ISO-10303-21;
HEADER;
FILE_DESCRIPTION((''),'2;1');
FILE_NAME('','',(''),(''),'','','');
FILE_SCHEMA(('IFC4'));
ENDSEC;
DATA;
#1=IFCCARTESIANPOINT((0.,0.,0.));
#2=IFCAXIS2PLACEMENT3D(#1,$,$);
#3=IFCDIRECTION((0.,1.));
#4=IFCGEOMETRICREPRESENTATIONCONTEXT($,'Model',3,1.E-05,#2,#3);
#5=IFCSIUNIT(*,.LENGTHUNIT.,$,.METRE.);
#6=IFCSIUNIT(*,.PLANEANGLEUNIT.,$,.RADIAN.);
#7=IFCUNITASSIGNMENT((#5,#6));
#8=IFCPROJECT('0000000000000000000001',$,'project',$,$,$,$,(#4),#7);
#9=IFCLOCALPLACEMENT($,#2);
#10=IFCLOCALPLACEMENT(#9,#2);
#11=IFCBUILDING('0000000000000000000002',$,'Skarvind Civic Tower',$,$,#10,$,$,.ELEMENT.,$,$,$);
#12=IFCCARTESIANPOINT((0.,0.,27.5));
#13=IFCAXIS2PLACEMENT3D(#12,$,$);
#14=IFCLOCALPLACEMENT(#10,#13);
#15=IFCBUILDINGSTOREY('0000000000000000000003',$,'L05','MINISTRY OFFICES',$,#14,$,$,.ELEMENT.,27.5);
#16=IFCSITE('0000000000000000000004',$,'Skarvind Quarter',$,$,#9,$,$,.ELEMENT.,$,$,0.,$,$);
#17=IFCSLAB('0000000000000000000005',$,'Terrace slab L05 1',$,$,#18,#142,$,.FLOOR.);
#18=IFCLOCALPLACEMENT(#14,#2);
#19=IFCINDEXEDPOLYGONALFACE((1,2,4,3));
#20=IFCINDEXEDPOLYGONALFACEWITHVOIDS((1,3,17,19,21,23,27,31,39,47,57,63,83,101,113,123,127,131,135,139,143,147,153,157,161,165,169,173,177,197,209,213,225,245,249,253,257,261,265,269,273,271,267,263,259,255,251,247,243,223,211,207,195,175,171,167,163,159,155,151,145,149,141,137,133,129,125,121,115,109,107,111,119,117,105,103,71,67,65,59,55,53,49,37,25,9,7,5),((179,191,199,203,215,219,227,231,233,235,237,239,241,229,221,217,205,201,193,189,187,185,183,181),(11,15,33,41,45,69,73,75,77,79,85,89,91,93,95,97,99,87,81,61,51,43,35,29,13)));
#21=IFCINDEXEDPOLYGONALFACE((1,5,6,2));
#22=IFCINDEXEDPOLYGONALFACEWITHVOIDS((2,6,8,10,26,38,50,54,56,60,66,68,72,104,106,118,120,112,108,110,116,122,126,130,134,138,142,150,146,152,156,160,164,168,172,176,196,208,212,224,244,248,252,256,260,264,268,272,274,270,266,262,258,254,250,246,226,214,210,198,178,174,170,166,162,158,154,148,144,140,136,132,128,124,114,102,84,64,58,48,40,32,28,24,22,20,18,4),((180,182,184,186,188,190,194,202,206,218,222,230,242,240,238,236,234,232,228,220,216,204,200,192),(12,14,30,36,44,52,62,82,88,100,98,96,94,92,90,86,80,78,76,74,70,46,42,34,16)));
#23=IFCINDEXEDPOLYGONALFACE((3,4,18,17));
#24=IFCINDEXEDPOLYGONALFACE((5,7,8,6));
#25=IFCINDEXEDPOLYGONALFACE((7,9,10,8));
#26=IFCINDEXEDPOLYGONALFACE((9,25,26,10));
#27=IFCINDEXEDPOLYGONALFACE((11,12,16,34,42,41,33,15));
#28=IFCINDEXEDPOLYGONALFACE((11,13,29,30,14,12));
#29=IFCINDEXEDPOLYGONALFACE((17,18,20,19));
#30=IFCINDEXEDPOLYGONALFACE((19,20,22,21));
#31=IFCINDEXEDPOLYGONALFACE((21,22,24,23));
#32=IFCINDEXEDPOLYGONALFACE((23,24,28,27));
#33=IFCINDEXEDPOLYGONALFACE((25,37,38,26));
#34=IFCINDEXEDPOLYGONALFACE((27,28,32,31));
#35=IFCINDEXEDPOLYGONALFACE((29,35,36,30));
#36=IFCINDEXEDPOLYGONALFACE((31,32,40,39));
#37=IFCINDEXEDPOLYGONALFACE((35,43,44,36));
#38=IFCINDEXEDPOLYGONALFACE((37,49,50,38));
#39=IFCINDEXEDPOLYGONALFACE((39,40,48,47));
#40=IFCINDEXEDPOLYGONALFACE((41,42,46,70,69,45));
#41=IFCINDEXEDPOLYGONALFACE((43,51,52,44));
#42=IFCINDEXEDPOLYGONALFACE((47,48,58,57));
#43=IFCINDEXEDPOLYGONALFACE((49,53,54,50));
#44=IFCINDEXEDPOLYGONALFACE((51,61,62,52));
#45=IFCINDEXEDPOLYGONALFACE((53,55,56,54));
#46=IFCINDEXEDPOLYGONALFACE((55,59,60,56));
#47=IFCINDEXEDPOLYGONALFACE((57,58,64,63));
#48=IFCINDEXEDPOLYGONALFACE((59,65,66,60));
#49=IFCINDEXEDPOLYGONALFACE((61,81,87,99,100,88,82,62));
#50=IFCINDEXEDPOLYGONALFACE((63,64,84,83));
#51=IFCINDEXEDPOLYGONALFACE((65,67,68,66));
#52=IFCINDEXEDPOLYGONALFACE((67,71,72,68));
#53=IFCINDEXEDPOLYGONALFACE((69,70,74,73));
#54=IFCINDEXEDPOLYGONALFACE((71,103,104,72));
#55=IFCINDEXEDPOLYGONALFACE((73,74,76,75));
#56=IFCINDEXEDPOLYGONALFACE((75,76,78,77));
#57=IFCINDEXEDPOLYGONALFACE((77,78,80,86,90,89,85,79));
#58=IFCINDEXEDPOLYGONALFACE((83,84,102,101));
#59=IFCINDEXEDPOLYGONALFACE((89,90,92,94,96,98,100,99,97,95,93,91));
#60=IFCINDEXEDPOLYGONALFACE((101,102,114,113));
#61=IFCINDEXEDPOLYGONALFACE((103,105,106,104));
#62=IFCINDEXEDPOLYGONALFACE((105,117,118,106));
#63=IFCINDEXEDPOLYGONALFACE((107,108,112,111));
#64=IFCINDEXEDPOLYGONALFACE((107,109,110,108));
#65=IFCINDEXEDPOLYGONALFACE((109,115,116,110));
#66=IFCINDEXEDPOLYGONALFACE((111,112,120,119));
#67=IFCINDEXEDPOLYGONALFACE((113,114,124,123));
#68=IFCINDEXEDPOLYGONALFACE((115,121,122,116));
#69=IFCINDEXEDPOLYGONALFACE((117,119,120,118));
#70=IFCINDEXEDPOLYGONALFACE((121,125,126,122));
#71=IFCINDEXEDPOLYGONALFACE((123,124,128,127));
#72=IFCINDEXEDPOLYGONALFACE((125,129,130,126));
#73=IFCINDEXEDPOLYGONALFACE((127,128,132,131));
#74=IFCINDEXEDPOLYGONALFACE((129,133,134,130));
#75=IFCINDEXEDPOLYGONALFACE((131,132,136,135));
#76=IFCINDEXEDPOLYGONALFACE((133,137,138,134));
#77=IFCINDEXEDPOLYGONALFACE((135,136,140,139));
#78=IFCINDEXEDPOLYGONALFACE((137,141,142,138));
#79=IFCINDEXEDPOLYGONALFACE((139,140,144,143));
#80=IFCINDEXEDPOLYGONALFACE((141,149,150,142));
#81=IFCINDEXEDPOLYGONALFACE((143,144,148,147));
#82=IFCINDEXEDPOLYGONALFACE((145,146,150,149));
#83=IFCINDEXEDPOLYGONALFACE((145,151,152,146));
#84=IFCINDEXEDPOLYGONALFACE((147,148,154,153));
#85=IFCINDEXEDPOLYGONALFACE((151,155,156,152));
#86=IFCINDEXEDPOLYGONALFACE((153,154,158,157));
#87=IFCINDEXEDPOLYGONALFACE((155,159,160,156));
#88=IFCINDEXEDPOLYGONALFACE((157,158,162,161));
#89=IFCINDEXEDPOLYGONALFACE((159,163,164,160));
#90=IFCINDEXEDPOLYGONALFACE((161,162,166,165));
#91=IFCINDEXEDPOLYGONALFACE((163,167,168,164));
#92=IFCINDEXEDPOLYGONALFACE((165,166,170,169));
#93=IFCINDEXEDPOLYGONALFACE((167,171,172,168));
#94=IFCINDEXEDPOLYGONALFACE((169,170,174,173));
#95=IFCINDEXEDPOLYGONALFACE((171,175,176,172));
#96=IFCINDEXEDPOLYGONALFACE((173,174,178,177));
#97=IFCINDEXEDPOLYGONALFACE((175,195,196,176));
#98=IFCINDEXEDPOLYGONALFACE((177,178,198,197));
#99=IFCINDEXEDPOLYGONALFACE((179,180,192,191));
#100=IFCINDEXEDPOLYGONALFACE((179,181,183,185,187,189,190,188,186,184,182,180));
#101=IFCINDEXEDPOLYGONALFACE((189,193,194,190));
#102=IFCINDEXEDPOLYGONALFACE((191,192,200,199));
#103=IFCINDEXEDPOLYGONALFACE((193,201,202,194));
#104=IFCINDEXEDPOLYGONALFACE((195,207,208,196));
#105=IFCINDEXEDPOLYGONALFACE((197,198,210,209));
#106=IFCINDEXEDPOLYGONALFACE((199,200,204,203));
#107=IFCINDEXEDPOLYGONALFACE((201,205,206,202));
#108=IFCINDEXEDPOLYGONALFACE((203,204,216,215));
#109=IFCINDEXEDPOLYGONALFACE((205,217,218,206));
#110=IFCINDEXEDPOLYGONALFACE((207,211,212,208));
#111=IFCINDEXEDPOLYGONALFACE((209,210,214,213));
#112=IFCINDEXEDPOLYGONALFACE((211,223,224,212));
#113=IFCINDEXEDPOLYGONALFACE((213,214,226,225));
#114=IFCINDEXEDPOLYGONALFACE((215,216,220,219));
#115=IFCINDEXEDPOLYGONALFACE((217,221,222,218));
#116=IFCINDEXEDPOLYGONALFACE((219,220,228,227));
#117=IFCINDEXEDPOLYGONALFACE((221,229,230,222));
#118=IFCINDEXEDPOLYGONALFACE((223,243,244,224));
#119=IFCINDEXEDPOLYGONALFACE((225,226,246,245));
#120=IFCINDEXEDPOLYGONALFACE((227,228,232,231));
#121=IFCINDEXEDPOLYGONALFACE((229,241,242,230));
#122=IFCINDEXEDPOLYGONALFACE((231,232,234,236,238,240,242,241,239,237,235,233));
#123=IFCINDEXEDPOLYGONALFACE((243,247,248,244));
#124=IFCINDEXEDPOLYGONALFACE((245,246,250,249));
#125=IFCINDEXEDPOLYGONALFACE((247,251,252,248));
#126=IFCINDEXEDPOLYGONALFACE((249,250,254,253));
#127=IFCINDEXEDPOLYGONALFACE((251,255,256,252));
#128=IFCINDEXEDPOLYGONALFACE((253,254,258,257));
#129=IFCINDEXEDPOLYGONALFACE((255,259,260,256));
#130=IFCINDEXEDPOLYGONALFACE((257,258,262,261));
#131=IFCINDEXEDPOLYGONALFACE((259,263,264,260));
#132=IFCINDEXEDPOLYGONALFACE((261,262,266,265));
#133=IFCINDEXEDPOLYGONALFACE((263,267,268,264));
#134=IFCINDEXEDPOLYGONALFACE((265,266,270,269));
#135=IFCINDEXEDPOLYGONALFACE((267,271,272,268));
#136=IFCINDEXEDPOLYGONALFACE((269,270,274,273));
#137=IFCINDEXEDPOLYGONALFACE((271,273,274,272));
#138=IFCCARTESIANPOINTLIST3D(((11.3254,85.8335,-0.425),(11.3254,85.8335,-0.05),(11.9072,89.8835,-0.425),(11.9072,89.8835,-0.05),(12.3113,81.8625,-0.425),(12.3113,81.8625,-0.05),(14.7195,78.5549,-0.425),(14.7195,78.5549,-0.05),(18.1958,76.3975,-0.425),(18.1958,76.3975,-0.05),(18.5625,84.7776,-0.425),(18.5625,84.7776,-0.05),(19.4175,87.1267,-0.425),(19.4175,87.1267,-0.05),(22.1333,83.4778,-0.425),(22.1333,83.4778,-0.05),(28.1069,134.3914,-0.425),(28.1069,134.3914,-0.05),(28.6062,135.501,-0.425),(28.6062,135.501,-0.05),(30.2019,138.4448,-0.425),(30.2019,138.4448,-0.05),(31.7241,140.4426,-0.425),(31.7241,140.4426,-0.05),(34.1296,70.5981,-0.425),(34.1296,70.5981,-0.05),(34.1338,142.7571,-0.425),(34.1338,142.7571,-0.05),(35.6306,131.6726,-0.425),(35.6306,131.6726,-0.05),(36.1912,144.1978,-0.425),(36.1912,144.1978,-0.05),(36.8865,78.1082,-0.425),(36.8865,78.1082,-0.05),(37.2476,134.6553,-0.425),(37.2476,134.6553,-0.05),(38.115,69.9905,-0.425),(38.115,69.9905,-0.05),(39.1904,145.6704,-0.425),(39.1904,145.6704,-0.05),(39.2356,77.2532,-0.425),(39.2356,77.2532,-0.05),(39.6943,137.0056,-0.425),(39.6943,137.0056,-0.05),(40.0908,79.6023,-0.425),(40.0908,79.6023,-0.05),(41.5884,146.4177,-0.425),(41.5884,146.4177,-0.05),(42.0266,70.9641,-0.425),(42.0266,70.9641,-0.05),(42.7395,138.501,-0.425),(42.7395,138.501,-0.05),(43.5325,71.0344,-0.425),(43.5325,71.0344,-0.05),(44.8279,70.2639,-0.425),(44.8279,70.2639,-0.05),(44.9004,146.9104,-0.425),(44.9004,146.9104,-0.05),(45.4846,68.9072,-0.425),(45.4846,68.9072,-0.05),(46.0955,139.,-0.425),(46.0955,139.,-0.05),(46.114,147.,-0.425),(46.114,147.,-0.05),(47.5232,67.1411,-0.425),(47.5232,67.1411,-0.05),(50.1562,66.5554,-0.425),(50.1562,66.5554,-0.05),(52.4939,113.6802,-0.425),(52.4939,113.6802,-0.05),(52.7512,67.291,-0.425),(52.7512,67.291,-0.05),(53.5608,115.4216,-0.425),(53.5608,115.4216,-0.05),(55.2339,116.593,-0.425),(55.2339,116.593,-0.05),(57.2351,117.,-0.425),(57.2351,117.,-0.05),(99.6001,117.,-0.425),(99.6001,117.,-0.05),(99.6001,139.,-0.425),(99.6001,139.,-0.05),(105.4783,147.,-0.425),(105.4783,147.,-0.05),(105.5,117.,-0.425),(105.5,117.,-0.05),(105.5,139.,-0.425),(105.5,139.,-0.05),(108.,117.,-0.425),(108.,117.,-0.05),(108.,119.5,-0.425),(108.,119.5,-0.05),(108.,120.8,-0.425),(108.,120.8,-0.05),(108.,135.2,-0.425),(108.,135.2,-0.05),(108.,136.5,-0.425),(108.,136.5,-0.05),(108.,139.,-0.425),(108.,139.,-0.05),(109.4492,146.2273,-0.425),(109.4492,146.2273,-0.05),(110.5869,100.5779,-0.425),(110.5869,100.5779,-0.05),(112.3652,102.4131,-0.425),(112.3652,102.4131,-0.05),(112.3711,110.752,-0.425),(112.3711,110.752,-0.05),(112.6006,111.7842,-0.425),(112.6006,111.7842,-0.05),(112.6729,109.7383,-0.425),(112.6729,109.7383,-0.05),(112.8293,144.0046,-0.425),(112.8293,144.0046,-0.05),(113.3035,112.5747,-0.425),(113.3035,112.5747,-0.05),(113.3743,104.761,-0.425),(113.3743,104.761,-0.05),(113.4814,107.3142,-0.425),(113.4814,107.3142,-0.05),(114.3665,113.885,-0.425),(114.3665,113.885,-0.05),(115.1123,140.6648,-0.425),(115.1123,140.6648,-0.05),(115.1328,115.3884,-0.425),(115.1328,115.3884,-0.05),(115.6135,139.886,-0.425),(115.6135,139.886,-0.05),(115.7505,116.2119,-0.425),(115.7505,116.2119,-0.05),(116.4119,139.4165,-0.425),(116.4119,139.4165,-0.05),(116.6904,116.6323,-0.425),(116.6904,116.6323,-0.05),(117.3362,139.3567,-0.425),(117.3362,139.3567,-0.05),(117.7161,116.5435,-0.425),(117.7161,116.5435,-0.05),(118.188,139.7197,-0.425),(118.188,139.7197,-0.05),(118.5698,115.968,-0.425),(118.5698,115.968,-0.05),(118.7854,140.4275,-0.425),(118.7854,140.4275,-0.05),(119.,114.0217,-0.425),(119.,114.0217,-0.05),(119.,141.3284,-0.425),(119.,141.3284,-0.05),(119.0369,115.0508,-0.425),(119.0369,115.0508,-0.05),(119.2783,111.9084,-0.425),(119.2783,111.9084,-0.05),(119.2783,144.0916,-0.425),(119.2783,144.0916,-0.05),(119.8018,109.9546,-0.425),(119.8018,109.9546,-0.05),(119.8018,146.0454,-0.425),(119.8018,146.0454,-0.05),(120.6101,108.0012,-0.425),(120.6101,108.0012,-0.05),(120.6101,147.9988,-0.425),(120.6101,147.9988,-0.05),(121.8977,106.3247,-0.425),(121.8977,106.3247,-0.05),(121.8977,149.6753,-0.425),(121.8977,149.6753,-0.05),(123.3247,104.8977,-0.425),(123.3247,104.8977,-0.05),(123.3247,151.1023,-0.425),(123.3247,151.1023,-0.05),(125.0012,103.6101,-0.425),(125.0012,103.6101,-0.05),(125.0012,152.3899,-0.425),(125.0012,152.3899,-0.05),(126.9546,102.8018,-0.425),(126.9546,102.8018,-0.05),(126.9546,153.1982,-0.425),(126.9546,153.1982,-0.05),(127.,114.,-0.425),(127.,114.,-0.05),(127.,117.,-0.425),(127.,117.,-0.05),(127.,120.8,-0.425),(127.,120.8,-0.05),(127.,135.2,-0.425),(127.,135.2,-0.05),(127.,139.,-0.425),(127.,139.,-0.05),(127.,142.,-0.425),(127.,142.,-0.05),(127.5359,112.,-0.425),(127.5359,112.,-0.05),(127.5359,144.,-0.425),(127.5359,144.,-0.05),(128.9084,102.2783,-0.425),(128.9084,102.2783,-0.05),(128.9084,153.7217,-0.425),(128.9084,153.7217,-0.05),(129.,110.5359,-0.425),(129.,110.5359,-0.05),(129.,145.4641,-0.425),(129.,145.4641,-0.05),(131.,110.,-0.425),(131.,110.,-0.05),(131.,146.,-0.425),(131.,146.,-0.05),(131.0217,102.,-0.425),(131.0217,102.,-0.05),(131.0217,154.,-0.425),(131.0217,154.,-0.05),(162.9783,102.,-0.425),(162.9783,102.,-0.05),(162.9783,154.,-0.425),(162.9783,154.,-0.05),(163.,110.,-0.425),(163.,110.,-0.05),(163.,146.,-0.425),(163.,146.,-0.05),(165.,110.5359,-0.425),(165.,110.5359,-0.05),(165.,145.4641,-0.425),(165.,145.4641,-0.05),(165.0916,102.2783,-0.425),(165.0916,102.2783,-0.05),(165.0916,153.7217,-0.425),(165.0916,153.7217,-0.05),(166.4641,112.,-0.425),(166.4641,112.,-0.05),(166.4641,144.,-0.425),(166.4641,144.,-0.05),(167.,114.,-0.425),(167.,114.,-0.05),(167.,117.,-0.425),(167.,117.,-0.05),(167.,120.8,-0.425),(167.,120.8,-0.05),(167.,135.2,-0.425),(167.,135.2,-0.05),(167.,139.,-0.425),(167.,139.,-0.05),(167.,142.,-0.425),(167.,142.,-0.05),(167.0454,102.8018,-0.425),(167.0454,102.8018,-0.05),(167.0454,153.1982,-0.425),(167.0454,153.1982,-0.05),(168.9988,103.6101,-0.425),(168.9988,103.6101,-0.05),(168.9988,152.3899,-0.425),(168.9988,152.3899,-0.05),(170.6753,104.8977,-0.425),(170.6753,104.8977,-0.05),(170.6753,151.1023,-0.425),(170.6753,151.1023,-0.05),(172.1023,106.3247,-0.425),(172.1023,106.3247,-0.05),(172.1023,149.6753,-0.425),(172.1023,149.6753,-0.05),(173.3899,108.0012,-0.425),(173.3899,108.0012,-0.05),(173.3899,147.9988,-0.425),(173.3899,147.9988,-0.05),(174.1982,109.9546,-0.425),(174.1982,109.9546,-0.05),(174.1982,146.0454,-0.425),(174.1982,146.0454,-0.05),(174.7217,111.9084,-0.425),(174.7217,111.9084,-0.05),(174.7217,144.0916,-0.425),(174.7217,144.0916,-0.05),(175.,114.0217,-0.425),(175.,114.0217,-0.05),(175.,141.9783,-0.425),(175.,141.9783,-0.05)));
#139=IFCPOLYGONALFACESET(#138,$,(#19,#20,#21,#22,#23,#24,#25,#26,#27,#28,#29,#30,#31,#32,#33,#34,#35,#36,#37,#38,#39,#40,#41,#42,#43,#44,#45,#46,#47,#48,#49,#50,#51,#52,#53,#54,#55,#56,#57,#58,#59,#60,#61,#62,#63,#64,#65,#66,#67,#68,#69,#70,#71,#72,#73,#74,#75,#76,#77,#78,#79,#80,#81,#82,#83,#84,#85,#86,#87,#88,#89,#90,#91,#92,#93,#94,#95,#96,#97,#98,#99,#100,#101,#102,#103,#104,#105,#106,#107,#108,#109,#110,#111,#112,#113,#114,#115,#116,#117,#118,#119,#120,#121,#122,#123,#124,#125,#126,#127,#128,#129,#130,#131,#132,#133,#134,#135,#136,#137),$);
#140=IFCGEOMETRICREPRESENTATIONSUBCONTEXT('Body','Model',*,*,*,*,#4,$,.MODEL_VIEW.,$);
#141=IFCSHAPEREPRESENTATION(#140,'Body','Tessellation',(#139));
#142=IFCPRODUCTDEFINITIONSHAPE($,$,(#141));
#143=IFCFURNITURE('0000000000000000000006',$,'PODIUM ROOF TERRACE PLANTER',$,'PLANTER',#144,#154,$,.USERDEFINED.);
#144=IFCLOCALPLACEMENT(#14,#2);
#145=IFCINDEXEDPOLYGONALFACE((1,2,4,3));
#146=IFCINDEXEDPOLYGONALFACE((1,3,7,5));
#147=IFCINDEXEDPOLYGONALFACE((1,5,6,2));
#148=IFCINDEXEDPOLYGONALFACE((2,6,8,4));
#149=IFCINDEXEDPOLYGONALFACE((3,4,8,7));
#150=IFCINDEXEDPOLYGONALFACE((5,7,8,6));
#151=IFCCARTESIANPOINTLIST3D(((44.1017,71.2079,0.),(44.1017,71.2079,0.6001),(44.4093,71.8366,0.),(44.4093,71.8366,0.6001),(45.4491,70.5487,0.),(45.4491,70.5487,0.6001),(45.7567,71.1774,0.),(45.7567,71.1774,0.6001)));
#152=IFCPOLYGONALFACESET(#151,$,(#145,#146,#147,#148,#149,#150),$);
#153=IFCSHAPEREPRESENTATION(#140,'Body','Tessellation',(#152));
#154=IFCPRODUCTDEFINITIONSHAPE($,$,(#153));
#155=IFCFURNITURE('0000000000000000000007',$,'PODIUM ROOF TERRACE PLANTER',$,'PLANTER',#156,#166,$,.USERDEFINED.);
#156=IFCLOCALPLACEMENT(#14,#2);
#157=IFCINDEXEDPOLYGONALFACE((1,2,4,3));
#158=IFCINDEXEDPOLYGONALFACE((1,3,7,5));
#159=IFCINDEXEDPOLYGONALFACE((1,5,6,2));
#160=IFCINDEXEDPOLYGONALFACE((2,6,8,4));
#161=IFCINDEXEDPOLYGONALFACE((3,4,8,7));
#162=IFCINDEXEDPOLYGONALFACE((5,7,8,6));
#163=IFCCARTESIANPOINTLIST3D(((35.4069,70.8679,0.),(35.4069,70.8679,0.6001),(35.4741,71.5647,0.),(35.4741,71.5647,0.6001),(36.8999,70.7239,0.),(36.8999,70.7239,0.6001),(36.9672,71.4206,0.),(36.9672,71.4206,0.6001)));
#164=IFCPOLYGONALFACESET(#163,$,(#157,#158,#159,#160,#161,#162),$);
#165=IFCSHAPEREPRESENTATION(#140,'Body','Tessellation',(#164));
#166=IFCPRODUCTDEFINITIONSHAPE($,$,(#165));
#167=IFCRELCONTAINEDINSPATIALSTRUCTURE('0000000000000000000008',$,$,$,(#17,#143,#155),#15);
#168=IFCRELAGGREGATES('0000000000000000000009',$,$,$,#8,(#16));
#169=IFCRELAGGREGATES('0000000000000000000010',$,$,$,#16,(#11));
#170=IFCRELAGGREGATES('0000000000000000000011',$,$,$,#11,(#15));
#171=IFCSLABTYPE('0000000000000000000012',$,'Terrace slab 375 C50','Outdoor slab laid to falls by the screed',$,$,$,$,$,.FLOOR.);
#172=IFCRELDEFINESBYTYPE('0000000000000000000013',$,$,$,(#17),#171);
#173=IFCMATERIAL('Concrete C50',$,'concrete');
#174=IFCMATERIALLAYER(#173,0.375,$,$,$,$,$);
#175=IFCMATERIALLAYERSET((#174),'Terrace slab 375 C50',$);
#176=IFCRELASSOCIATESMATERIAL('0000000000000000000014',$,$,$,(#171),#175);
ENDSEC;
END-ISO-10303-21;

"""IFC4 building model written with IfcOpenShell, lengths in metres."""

from ifc_helpers import new_model, si_unit, direction, frame, origin, origin_2d, place, context, subcontext, project, spatial, polyline, rectangle, outline, extrude, material, layer, layer_set, type_object, element, save


model = new_model("IFC4")

# Units and contexts
model_context = context("Model", 3, precision=1e-05, world=origin(), true_north=direction((0.0, 1.0)))
body_context = subcontext(model_context, "Body", "Model", "MODEL_VIEW")
ifc_project = project(units=[si_unit("LENGTHUNIT", "METRE"), si_unit("PLANEANGLEUNIT", "RADIAN")], contexts=[model_context])

# Site, building, storey
site_placement = place(None, origin())
site = spatial("IfcSite", under=ifc_project, at=site_placement, Name="Skarvind Quarter", CompositionType="ELEMENT", RefElevation=0.0)
building_placement = place(site_placement, origin())
building = spatial("IfcBuilding", under=site, at=building_placement, Name="Skarvind Civic Tower", CompositionType="ELEMENT")
storey_placement = place(building_placement, frame((0.0, 0.0, 27.5)))
storey = spatial("IfcBuildingStorey", under=building, at=storey_placement, Name="L05", Description="MINISTRY OFFICES", CompositionType="ELEMENT", Elevation=27.5)

# Shared definitions
ifc_material_1 = material(Name="Concrete C50", Category="concrete")

# Slab
ifc_layer_1 = layer(ifc_material_1, 0.375)
ifc_layer_set_1 = layer_set([ifc_layer_1], Name="Terrace slab 375 C50")
slab_type_1 = type_object("IfcSlabType", Name="Terrace slab 375 C50", Description="Outdoor slab laid to falls by the screed", PredefinedType="FLOOR", material=ifc_layer_set_1)
slab_1_placement = place(storey_placement, frame((0.0, 0.0, -0.425)))
element("IfcSlab", 1, at=slab_1_placement, inside=storey, type_object=slab_type_1, Name="Terrace slab L05 1", PredefinedType="FLOOR", context=body_context, shape_type="SweptSolid", body=[
    extrude(outline(polyline([(47.5232, 67.1411), (50.1562, 66.5554), (52.7512, 67.291), (110.5869, 100.5779), (112.3652, 102.4131), (113.3743, 104.761), (113.4814, 107.3142), (112.6729, 109.7383), (112.3711, 110.752), (112.6006, 111.7842), (113.3035, 112.5747), (114.3665, 113.885), (115.1328, 115.3884), (115.7505, 116.2119), (116.6904, 116.6323), (117.7161, 116.5435), (118.5698, 115.968), (119.0369, 115.0508), (119.0, 114.0217), (119.2783, 111.9084), (119.8018, 109.9546), (120.6101, 108.0012), (121.8977, 106.3247), (123.3247, 104.8977), (125.0012, 103.6101), (126.9546, 102.8018), (128.9084, 102.2783), (131.0217, 102.0), (162.9783, 102.0), (165.0916, 102.2783), (167.0454, 102.8018), (168.9988, 103.6101), (170.6753, 104.8977), (172.1023, 106.3247), (173.3899, 108.0012), (174.1982, 109.9546), (174.7217, 111.9084), (175.0, 114.0217), (175.0, 141.9783), (174.7217, 144.0916), (174.1982, 146.0454), (173.3899, 147.9988), (172.1023, 149.6753), (170.6753, 151.1023), (168.9988, 152.3899), (167.0454, 153.1982), (165.0916, 153.7217), (162.9783, 154.0), (131.0217, 154.0), (128.9084, 153.7217), (126.9546, 153.1982), (125.0012, 152.3899), (123.3247, 151.1023), (121.8977, 149.6753), (120.6101, 147.9988), (119.8018, 146.0454), (119.2783, 144.0916), (119.0, 141.3284), (118.7854, 140.4275), (118.188, 139.7197), (117.3362, 139.3567), (116.4119, 139.4165), (115.6135, 139.886), (115.1123, 140.6648), (112.8293, 144.0046), (109.4492, 146.2273), (105.4783, 147.0), (46.114, 147.0), (44.9004, 146.9104), (41.5884, 146.4177), (39.1904, 145.6704), (36.1912, 144.1978), (34.1338, 142.7571), (31.7241, 140.4426), (30.2019, 138.4448), (28.6062, 135.501), (28.1069, 134.3914), (11.9072, 89.8835), (11.3254, 85.8335), (12.3113, 81.8625), (14.7195, 78.5549), (18.1958, 76.3975), (34.1296, 70.5981), (38.115, 69.9905), (42.0266, 70.9641), (43.5325, 71.0344), (44.8279, 70.2639), (45.4846, 68.9072), (47.5232, 67.1411)]), holes=[polyline([(53.5608, 115.4216), (52.4939, 113.6802), (40.0908, 79.6023), (40.0908, 79.6023), (39.2356, 77.2532), (36.8865, 78.1082), (22.1333, 83.4778), (22.1333, 83.4778), (18.5625, 84.7776), (19.4175, 87.1267), (35.6306, 131.6726), (37.2476, 134.6553), (39.6943, 137.0056), (42.7395, 138.501), (46.0955, 139.0), (99.6001, 139.0), (105.5, 139.0), (108.0, 139.0), (108.0, 136.5), (108.0, 135.2), (108.0, 120.8), (108.0, 119.5), (108.0, 117.0), (105.5, 117.0), (99.6001, 117.0), (57.2351, 117.0), (55.2339, 116.593), (53.5608, 115.4216)]), polyline([(131.0, 146.0), (163.0, 146.0), (165.0, 145.4641), (166.4641, 144.0), (167.0, 142.0), (167.0, 139.0), (167.0, 135.2), (167.0, 120.8), (167.0, 117.0), (167.0, 114.0), (166.4641, 112.0), (165.0, 110.5359), (163.0, 110.0), (131.0, 110.0), (129.0, 110.5359), (127.5359, 112.0), (127.0, 114.0), (127.0, 117.0), (127.0, 120.8), (127.0, 135.2), (127.0, 139.0), (127.0, 142.0), (127.5359, 144.0), (129.0, 145.4641), (131.0, 146.0)])]), origin(), (0.0, 0.0, 1.0), 0.375),
])

# Furniture
for number, where, z_axis, x_axis, name in (
    (2, (44.9292, 71.1926, 0.0), (0.0, 0.0, 1.0), (-0.898258, 0.439469, 0.0), "PODIUM ROOF TERRACE PLANTER"),
    (3, (36.187, 71.1443, 0.0), (0.0, 0.0, 1.0), (-0.995379, 0.096019, 0.0), "PODIUM ROOF TERRACE PLANTER"),
):
    element("IfcFurniture", number, at=place(storey_placement, frame(where, z_axis=z_axis, x_axis=x_axis)), inside=storey, Name=name, ObjectType="PLANTER", PredefinedType="USERDEFINED", context=body_context, shape_type="SweptSolid", body=[
        extrude(rectangle(XDim=1.5, YDim=0.7, at=origin_2d()), origin(), (0.0, 0.0, 1.0), 0.6001),
    ])

save(model, "model.ifc")
